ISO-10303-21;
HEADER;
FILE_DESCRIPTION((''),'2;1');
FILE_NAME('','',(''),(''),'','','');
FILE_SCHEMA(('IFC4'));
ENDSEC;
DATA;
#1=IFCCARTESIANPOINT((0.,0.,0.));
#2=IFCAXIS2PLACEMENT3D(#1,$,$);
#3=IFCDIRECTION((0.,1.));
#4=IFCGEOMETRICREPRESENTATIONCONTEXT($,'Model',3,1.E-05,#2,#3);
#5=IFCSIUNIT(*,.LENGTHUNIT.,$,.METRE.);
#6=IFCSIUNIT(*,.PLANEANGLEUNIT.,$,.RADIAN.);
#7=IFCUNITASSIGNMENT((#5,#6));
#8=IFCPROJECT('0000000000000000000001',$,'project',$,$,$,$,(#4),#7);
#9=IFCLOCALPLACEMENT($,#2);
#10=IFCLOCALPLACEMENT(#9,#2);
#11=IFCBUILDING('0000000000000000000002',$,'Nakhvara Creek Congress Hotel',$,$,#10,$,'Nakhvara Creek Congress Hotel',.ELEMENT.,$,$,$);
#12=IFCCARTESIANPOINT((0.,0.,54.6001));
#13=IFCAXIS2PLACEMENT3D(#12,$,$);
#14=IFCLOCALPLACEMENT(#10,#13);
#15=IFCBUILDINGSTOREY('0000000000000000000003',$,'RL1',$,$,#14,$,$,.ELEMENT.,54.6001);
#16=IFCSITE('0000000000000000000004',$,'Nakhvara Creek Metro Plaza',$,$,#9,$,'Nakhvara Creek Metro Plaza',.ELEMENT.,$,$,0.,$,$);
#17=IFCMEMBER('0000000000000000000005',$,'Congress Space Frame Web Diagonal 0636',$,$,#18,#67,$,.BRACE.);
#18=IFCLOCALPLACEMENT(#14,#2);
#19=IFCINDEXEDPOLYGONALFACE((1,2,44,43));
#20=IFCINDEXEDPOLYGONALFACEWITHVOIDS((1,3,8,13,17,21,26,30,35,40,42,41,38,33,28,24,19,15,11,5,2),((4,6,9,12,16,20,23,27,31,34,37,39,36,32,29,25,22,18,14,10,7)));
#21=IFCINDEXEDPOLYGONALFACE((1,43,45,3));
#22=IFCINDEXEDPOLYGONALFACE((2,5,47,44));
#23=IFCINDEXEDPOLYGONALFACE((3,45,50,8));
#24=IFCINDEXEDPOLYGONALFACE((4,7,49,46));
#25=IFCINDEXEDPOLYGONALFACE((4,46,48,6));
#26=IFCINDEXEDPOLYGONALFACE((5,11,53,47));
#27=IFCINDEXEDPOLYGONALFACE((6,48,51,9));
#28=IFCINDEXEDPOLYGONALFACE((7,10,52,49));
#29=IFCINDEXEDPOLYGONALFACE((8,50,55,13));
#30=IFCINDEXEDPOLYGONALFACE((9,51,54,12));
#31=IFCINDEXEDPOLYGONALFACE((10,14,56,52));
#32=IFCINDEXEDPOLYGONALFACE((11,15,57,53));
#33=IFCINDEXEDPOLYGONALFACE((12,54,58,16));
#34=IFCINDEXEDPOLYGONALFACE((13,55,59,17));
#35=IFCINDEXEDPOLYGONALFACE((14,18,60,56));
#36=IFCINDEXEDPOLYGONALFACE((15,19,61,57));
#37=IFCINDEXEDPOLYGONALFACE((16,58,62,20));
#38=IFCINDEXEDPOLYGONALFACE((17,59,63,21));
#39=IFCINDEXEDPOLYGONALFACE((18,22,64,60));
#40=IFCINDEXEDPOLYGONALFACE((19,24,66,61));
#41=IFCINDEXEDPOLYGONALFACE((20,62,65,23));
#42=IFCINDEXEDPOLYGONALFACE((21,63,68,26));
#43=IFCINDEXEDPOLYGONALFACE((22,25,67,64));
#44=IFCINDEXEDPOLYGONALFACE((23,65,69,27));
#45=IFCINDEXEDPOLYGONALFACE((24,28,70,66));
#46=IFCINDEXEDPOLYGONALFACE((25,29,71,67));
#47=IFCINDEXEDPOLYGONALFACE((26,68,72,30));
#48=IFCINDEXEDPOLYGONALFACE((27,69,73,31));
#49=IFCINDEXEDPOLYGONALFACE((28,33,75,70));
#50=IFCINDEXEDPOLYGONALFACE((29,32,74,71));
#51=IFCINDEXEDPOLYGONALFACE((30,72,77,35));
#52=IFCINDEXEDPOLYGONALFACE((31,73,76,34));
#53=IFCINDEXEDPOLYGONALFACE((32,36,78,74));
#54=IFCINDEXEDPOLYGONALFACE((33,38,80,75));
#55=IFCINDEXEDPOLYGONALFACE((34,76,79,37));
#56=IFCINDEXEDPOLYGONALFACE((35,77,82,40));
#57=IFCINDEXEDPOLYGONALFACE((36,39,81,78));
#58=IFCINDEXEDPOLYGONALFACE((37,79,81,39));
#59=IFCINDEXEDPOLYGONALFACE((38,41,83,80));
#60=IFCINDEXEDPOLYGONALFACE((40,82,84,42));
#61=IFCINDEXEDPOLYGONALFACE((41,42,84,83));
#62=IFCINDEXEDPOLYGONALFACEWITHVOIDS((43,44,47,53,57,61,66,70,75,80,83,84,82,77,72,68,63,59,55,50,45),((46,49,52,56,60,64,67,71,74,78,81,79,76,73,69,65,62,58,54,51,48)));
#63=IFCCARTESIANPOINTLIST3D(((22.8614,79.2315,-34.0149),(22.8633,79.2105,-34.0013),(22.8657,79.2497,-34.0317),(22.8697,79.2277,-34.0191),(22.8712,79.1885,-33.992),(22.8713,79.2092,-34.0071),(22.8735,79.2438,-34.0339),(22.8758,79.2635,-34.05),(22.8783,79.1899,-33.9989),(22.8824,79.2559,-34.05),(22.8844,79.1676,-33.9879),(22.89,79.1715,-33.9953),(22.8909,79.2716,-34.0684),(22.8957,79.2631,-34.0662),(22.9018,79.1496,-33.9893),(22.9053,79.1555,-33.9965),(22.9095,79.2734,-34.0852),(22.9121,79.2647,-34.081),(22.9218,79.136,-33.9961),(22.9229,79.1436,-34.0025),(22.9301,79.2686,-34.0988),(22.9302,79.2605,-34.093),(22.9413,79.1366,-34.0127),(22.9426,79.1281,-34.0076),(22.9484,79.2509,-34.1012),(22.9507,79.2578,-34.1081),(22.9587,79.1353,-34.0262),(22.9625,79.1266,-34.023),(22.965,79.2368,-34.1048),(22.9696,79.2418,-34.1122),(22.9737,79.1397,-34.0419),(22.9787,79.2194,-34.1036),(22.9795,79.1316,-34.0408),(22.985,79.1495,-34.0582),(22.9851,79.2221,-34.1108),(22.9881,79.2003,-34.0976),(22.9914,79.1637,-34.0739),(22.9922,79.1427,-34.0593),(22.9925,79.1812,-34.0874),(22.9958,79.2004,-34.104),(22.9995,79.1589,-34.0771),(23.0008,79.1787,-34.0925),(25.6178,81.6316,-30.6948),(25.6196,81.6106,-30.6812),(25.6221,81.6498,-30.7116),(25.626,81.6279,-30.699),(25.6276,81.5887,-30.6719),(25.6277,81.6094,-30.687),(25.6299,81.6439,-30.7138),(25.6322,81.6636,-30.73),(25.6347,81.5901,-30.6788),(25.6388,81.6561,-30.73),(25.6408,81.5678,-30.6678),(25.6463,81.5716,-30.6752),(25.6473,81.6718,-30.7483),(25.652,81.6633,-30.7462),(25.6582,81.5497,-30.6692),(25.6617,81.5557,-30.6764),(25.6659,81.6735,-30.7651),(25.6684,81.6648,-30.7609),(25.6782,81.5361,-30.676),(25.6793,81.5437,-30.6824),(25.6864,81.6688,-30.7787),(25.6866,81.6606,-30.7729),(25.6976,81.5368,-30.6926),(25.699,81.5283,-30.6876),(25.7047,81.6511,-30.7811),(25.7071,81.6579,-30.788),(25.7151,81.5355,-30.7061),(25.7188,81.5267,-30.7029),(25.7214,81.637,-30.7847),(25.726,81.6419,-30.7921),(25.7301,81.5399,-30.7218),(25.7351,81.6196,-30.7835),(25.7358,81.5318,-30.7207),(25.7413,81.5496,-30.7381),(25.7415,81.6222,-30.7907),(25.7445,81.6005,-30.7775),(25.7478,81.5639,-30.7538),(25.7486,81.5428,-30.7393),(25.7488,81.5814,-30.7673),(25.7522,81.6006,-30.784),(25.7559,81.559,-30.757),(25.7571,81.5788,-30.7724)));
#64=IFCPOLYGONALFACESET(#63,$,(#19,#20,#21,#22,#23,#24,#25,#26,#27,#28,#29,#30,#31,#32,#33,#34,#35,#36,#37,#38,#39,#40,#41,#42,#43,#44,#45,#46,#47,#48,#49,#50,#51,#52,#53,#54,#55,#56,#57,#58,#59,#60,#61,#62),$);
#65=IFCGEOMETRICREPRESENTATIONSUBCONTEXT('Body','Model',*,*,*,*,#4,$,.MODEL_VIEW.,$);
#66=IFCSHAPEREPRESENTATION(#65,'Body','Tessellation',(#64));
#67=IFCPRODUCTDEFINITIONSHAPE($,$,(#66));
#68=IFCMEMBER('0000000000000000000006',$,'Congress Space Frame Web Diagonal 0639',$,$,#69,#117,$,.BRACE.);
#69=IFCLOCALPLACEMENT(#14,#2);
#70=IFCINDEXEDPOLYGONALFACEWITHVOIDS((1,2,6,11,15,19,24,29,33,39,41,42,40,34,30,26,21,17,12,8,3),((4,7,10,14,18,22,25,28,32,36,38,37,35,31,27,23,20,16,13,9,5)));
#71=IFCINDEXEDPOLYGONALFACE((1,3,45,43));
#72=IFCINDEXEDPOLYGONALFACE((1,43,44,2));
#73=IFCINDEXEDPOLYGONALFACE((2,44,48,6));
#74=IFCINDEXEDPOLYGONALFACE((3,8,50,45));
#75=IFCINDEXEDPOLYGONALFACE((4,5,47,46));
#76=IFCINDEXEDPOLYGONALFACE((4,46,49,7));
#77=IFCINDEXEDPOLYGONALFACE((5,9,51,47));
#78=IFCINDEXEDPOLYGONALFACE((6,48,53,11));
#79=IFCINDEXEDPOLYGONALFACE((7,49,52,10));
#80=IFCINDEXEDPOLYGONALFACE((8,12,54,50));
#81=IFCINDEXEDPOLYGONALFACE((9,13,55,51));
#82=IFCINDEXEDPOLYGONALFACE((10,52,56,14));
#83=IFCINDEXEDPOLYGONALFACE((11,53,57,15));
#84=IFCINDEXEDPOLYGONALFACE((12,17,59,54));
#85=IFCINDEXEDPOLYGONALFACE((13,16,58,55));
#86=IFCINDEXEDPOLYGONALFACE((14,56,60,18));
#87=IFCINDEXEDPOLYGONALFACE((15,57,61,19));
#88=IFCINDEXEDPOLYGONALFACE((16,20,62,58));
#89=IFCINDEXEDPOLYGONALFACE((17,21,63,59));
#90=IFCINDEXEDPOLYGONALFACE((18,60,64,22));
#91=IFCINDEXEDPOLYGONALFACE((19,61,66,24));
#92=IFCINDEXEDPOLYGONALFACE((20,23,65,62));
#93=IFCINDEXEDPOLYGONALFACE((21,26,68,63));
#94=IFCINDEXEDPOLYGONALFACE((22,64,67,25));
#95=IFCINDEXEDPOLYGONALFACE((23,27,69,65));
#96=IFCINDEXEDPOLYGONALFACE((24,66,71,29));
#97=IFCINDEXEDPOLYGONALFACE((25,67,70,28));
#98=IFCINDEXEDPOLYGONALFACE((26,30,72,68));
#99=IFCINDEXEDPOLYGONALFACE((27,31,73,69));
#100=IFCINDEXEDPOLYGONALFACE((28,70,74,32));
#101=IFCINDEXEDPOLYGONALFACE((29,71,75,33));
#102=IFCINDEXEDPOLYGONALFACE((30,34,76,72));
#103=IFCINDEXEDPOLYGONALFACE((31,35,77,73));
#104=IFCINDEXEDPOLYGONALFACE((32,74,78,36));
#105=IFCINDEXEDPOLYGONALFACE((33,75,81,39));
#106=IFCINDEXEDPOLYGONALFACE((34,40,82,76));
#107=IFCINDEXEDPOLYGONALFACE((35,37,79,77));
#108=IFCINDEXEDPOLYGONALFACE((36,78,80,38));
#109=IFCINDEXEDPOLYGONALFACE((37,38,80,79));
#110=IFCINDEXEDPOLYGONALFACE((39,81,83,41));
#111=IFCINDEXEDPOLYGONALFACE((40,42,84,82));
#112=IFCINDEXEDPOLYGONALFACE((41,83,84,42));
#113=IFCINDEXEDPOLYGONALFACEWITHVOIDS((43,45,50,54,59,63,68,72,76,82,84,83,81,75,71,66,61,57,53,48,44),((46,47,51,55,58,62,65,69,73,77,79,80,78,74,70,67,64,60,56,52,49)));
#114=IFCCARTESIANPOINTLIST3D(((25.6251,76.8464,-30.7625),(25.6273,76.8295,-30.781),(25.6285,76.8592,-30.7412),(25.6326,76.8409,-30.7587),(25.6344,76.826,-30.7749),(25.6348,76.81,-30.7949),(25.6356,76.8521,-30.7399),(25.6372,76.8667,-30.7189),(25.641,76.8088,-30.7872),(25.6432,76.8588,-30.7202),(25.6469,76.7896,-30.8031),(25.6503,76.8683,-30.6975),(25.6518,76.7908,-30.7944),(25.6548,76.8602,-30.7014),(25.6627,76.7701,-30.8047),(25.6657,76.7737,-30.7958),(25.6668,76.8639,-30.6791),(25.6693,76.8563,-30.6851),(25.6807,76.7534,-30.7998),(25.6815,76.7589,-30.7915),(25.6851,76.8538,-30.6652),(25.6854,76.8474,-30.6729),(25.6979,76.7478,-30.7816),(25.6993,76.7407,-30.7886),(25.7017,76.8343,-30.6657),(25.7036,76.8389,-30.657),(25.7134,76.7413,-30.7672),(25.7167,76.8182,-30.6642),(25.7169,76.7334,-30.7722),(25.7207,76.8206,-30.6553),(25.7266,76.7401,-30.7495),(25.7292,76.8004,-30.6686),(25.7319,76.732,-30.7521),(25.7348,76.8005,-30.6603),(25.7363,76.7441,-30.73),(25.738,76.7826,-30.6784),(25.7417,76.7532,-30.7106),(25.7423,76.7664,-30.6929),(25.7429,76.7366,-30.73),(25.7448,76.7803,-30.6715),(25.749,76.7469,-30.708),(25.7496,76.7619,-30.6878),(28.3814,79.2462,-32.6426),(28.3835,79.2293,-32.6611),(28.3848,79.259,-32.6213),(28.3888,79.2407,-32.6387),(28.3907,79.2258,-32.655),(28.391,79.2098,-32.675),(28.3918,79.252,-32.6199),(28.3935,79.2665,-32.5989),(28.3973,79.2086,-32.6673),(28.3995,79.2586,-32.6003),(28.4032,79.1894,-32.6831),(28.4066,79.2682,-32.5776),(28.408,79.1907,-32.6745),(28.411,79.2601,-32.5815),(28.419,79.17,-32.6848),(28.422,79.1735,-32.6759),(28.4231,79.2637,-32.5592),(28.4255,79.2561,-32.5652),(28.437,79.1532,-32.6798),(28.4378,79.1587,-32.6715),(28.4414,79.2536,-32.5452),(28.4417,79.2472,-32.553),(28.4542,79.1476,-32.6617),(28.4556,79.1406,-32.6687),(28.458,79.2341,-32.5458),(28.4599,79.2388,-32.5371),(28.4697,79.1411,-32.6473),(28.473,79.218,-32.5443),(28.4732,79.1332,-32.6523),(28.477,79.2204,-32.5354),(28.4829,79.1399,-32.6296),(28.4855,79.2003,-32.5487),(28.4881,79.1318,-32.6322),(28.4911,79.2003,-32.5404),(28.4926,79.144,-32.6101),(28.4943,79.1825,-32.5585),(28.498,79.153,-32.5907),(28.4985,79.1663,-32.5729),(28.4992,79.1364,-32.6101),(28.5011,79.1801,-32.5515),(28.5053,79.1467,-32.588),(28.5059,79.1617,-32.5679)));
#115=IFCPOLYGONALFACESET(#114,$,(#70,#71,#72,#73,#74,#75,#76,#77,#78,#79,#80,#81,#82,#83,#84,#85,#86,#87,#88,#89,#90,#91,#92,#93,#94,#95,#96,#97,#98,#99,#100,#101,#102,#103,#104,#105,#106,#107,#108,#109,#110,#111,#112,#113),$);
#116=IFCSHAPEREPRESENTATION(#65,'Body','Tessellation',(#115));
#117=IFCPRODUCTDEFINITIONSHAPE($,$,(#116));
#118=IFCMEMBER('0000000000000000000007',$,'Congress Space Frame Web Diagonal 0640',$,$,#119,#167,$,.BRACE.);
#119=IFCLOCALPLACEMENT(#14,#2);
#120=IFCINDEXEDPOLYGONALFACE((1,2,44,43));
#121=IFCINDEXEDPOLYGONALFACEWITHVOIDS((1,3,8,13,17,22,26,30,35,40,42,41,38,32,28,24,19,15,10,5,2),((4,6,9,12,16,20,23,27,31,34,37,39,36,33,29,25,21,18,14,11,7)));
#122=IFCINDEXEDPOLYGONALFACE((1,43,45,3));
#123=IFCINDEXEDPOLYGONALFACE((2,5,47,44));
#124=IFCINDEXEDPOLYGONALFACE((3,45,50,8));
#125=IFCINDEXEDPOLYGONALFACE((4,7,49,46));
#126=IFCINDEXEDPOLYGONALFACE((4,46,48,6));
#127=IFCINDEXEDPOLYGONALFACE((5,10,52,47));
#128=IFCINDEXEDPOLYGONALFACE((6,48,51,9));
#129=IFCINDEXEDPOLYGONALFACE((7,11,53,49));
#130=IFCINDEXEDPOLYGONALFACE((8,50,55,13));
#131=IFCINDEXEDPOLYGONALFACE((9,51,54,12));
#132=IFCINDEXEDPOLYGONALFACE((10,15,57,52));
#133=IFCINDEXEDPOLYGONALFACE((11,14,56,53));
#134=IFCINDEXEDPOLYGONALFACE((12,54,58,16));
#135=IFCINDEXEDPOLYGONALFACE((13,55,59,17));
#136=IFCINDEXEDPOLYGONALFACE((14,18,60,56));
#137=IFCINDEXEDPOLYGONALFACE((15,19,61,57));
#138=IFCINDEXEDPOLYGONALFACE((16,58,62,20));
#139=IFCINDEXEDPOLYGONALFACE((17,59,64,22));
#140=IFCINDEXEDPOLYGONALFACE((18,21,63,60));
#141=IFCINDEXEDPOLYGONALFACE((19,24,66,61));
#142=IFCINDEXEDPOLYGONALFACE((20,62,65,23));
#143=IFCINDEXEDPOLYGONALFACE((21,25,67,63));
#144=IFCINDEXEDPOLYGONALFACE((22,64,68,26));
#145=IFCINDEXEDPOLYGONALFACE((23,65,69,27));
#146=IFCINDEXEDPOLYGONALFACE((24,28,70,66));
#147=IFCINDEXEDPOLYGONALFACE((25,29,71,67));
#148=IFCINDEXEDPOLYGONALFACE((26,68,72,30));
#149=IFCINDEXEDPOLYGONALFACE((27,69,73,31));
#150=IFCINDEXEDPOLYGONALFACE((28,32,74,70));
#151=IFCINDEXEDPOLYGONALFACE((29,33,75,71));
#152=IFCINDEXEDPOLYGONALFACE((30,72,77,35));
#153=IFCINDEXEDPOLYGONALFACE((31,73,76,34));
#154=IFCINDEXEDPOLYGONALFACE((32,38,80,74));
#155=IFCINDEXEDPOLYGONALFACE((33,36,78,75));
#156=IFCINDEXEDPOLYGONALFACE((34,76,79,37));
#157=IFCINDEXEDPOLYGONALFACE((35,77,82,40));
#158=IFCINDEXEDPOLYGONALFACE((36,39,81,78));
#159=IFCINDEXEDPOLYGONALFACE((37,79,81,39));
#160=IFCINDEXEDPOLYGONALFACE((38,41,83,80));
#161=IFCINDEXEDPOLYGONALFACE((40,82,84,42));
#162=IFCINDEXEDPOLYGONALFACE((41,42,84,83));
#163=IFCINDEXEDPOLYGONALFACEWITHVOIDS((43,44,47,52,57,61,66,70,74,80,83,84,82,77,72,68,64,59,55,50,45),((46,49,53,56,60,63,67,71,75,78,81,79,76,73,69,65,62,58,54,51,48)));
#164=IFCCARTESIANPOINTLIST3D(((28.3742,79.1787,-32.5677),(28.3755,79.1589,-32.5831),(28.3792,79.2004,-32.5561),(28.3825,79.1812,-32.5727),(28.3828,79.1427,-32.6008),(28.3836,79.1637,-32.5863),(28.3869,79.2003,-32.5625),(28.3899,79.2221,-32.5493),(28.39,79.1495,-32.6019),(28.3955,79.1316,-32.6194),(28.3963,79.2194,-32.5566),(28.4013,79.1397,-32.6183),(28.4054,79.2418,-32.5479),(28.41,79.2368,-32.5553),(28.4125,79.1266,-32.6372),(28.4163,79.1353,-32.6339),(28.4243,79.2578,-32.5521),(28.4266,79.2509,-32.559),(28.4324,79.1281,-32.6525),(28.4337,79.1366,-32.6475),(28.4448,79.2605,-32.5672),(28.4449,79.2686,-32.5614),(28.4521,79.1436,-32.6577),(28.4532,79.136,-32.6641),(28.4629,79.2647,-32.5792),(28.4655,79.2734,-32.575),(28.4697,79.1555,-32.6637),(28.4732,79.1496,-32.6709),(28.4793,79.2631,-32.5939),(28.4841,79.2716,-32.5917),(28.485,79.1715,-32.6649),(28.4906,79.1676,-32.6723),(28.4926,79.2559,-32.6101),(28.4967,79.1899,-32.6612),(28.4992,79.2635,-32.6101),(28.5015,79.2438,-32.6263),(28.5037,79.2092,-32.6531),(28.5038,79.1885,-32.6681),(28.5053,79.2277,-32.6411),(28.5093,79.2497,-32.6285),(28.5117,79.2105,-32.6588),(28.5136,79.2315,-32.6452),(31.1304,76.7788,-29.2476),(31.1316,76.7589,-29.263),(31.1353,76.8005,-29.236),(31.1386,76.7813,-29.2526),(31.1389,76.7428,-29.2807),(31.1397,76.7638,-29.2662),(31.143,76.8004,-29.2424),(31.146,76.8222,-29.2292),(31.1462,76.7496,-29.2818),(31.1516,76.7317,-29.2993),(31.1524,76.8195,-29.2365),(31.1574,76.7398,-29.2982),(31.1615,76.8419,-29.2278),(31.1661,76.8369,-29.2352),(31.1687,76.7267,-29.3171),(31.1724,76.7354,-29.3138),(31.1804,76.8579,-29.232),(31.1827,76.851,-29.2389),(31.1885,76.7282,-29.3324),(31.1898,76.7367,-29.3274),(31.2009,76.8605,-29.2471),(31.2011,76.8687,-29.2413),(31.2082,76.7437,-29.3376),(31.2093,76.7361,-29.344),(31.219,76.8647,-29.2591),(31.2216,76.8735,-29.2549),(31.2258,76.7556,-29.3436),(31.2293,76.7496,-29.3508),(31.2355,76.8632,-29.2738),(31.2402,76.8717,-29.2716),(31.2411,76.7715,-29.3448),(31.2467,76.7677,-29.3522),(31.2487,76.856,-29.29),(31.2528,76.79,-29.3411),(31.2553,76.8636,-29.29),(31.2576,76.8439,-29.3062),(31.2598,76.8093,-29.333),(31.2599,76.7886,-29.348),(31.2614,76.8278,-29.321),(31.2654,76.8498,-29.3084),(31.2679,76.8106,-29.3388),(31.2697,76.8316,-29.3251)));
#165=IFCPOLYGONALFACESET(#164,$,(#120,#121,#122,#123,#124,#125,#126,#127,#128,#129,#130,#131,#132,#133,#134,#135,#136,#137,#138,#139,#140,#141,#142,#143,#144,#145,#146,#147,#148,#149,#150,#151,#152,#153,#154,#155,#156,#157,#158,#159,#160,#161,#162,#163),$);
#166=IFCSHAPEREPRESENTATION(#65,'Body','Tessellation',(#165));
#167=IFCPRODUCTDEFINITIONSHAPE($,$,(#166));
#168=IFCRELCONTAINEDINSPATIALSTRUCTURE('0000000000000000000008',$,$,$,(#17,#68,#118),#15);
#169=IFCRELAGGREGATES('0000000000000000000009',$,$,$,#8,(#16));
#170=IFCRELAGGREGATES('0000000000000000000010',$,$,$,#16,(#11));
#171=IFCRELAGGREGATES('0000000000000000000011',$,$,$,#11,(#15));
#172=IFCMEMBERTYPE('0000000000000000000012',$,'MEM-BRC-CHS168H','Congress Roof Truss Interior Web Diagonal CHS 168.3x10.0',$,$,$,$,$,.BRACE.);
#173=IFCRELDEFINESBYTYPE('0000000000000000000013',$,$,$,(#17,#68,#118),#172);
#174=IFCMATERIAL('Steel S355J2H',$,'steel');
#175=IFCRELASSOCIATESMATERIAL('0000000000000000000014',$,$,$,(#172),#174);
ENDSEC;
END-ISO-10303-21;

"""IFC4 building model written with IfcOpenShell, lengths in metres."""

from ifc_helpers import new_model, si_unit, direction, frame, origin, origin_2d, place, context, subcontext, project, spatial, hollow_circle, extrude, material, material_profile, profile_set, type_object, element, save


model = new_model("IFC4")

# Units and contexts
model_context = context("Model", 3, precision=1e-05, world=origin(), true_north=direction((0.0, 1.0)))
body_context = subcontext(model_context, "Body", "Model", "MODEL_VIEW")
ifc_project = project(units=[si_unit("LENGTHUNIT", "METRE"), si_unit("PLANEANGLEUNIT", "RADIAN")], contexts=[model_context])

# Site, building, storey
site_placement = place(None, origin())
site = spatial("IfcSite", under=ifc_project, at=site_placement, Name="Nakhvara Creek Metro Plaza", LongName="Nakhvara Creek Metro Plaza", CompositionType="ELEMENT", RefElevation=0.0)
building_placement = place(site_placement, origin())
building = spatial("IfcBuilding", under=site, at=building_placement, Name="Nakhvara Creek Congress Hotel", LongName="Nakhvara Creek Congress Hotel", CompositionType="ELEMENT")
storey_placement = place(building_placement, frame((0.0, 0.0, 54.6001)))
storey = spatial("IfcBuildingStorey", under=building, at=storey_placement, Name="RL1", CompositionType="ELEMENT", Elevation=54.6001)

# Members
ifc_material_1 = material(Name="Steel S355J2H", Category="steel")
ifc_material_profile_1 = material_profile(ifc_material_1, hollow_circle(Radius=0.0842, WallThickness=0.01, at=origin_2d()), Name="CHS 168.3x10.0", Category="LoadBearing")
ifc_profile_set_1 = profile_set([ifc_material_profile_1], Name="Steel S355J2H")
member_type_1 = type_object("IfcMemberType", Name="MEM-BRC-CHS168H", Description="Congress Roof Truss Interior Web Diagonal CHS 168.3x10.0", PredefinedType="BRACE", material=ifc_profile_set_1)
member_1_placement = place(storey_placement, frame((22.9312, 79.2, -34.05), z_axis=(0.558224, 0.486085, 0.67239), x_axis=(-0.656696, 0.754155, 0.0)))
element("IfcMember", 1, at=member_1_placement, inside=storey, type_object=member_type_1, Name="Congress Space Frame Web Diagonal 0636", PredefinedType="BRACE", context=body_context, shape_type="SweptSolid", body=[
    extrude(hollow_circle(Radius=0.0842, WallThickness=0.01, at=origin_2d()), origin(), (0.0, 0.0, 1.0), 4.9377),
])
member_2_placement = place(storey_placement, frame((28.4438, 79.2, -32.6101), z_axis=(-0.670649, -0.583922, 0.457455), x_axis=(0.656658, -0.754188, 0.0)))
element("IfcMember", 2, at=member_2_placement, inside=storey, type_object=member_type_1, Name="Congress Space Frame Web Diagonal 0639", PredefinedType="BRACE", context=body_context, shape_type="SweptSolid", body=[
    extrude(hollow_circle(Radius=0.0842, WallThickness=0.01, at=origin_2d()), origin(), (0.0, 0.0, 1.0), 4.1099),
])
member_3_placement = place(storey_placement, frame((28.4438, 79.2, -32.6101), z_axis=(0.558203, -0.48606, 0.672425), x_axis=(0.656691, 0.75416, 0.0)))
element("IfcMember", 3, at=member_3_placement, inside=storey, type_object=member_type_1, Name="Congress Space Frame Web Diagonal 0640", PredefinedType="BRACE", context=body_context, shape_type="SweptSolid", body=[
    extrude(hollow_circle(Radius=0.0842, WallThickness=0.01, at=origin_2d()), origin(), (0.0, 0.0, 1.0), 4.9375),
])

save(model, "model.ifc")
